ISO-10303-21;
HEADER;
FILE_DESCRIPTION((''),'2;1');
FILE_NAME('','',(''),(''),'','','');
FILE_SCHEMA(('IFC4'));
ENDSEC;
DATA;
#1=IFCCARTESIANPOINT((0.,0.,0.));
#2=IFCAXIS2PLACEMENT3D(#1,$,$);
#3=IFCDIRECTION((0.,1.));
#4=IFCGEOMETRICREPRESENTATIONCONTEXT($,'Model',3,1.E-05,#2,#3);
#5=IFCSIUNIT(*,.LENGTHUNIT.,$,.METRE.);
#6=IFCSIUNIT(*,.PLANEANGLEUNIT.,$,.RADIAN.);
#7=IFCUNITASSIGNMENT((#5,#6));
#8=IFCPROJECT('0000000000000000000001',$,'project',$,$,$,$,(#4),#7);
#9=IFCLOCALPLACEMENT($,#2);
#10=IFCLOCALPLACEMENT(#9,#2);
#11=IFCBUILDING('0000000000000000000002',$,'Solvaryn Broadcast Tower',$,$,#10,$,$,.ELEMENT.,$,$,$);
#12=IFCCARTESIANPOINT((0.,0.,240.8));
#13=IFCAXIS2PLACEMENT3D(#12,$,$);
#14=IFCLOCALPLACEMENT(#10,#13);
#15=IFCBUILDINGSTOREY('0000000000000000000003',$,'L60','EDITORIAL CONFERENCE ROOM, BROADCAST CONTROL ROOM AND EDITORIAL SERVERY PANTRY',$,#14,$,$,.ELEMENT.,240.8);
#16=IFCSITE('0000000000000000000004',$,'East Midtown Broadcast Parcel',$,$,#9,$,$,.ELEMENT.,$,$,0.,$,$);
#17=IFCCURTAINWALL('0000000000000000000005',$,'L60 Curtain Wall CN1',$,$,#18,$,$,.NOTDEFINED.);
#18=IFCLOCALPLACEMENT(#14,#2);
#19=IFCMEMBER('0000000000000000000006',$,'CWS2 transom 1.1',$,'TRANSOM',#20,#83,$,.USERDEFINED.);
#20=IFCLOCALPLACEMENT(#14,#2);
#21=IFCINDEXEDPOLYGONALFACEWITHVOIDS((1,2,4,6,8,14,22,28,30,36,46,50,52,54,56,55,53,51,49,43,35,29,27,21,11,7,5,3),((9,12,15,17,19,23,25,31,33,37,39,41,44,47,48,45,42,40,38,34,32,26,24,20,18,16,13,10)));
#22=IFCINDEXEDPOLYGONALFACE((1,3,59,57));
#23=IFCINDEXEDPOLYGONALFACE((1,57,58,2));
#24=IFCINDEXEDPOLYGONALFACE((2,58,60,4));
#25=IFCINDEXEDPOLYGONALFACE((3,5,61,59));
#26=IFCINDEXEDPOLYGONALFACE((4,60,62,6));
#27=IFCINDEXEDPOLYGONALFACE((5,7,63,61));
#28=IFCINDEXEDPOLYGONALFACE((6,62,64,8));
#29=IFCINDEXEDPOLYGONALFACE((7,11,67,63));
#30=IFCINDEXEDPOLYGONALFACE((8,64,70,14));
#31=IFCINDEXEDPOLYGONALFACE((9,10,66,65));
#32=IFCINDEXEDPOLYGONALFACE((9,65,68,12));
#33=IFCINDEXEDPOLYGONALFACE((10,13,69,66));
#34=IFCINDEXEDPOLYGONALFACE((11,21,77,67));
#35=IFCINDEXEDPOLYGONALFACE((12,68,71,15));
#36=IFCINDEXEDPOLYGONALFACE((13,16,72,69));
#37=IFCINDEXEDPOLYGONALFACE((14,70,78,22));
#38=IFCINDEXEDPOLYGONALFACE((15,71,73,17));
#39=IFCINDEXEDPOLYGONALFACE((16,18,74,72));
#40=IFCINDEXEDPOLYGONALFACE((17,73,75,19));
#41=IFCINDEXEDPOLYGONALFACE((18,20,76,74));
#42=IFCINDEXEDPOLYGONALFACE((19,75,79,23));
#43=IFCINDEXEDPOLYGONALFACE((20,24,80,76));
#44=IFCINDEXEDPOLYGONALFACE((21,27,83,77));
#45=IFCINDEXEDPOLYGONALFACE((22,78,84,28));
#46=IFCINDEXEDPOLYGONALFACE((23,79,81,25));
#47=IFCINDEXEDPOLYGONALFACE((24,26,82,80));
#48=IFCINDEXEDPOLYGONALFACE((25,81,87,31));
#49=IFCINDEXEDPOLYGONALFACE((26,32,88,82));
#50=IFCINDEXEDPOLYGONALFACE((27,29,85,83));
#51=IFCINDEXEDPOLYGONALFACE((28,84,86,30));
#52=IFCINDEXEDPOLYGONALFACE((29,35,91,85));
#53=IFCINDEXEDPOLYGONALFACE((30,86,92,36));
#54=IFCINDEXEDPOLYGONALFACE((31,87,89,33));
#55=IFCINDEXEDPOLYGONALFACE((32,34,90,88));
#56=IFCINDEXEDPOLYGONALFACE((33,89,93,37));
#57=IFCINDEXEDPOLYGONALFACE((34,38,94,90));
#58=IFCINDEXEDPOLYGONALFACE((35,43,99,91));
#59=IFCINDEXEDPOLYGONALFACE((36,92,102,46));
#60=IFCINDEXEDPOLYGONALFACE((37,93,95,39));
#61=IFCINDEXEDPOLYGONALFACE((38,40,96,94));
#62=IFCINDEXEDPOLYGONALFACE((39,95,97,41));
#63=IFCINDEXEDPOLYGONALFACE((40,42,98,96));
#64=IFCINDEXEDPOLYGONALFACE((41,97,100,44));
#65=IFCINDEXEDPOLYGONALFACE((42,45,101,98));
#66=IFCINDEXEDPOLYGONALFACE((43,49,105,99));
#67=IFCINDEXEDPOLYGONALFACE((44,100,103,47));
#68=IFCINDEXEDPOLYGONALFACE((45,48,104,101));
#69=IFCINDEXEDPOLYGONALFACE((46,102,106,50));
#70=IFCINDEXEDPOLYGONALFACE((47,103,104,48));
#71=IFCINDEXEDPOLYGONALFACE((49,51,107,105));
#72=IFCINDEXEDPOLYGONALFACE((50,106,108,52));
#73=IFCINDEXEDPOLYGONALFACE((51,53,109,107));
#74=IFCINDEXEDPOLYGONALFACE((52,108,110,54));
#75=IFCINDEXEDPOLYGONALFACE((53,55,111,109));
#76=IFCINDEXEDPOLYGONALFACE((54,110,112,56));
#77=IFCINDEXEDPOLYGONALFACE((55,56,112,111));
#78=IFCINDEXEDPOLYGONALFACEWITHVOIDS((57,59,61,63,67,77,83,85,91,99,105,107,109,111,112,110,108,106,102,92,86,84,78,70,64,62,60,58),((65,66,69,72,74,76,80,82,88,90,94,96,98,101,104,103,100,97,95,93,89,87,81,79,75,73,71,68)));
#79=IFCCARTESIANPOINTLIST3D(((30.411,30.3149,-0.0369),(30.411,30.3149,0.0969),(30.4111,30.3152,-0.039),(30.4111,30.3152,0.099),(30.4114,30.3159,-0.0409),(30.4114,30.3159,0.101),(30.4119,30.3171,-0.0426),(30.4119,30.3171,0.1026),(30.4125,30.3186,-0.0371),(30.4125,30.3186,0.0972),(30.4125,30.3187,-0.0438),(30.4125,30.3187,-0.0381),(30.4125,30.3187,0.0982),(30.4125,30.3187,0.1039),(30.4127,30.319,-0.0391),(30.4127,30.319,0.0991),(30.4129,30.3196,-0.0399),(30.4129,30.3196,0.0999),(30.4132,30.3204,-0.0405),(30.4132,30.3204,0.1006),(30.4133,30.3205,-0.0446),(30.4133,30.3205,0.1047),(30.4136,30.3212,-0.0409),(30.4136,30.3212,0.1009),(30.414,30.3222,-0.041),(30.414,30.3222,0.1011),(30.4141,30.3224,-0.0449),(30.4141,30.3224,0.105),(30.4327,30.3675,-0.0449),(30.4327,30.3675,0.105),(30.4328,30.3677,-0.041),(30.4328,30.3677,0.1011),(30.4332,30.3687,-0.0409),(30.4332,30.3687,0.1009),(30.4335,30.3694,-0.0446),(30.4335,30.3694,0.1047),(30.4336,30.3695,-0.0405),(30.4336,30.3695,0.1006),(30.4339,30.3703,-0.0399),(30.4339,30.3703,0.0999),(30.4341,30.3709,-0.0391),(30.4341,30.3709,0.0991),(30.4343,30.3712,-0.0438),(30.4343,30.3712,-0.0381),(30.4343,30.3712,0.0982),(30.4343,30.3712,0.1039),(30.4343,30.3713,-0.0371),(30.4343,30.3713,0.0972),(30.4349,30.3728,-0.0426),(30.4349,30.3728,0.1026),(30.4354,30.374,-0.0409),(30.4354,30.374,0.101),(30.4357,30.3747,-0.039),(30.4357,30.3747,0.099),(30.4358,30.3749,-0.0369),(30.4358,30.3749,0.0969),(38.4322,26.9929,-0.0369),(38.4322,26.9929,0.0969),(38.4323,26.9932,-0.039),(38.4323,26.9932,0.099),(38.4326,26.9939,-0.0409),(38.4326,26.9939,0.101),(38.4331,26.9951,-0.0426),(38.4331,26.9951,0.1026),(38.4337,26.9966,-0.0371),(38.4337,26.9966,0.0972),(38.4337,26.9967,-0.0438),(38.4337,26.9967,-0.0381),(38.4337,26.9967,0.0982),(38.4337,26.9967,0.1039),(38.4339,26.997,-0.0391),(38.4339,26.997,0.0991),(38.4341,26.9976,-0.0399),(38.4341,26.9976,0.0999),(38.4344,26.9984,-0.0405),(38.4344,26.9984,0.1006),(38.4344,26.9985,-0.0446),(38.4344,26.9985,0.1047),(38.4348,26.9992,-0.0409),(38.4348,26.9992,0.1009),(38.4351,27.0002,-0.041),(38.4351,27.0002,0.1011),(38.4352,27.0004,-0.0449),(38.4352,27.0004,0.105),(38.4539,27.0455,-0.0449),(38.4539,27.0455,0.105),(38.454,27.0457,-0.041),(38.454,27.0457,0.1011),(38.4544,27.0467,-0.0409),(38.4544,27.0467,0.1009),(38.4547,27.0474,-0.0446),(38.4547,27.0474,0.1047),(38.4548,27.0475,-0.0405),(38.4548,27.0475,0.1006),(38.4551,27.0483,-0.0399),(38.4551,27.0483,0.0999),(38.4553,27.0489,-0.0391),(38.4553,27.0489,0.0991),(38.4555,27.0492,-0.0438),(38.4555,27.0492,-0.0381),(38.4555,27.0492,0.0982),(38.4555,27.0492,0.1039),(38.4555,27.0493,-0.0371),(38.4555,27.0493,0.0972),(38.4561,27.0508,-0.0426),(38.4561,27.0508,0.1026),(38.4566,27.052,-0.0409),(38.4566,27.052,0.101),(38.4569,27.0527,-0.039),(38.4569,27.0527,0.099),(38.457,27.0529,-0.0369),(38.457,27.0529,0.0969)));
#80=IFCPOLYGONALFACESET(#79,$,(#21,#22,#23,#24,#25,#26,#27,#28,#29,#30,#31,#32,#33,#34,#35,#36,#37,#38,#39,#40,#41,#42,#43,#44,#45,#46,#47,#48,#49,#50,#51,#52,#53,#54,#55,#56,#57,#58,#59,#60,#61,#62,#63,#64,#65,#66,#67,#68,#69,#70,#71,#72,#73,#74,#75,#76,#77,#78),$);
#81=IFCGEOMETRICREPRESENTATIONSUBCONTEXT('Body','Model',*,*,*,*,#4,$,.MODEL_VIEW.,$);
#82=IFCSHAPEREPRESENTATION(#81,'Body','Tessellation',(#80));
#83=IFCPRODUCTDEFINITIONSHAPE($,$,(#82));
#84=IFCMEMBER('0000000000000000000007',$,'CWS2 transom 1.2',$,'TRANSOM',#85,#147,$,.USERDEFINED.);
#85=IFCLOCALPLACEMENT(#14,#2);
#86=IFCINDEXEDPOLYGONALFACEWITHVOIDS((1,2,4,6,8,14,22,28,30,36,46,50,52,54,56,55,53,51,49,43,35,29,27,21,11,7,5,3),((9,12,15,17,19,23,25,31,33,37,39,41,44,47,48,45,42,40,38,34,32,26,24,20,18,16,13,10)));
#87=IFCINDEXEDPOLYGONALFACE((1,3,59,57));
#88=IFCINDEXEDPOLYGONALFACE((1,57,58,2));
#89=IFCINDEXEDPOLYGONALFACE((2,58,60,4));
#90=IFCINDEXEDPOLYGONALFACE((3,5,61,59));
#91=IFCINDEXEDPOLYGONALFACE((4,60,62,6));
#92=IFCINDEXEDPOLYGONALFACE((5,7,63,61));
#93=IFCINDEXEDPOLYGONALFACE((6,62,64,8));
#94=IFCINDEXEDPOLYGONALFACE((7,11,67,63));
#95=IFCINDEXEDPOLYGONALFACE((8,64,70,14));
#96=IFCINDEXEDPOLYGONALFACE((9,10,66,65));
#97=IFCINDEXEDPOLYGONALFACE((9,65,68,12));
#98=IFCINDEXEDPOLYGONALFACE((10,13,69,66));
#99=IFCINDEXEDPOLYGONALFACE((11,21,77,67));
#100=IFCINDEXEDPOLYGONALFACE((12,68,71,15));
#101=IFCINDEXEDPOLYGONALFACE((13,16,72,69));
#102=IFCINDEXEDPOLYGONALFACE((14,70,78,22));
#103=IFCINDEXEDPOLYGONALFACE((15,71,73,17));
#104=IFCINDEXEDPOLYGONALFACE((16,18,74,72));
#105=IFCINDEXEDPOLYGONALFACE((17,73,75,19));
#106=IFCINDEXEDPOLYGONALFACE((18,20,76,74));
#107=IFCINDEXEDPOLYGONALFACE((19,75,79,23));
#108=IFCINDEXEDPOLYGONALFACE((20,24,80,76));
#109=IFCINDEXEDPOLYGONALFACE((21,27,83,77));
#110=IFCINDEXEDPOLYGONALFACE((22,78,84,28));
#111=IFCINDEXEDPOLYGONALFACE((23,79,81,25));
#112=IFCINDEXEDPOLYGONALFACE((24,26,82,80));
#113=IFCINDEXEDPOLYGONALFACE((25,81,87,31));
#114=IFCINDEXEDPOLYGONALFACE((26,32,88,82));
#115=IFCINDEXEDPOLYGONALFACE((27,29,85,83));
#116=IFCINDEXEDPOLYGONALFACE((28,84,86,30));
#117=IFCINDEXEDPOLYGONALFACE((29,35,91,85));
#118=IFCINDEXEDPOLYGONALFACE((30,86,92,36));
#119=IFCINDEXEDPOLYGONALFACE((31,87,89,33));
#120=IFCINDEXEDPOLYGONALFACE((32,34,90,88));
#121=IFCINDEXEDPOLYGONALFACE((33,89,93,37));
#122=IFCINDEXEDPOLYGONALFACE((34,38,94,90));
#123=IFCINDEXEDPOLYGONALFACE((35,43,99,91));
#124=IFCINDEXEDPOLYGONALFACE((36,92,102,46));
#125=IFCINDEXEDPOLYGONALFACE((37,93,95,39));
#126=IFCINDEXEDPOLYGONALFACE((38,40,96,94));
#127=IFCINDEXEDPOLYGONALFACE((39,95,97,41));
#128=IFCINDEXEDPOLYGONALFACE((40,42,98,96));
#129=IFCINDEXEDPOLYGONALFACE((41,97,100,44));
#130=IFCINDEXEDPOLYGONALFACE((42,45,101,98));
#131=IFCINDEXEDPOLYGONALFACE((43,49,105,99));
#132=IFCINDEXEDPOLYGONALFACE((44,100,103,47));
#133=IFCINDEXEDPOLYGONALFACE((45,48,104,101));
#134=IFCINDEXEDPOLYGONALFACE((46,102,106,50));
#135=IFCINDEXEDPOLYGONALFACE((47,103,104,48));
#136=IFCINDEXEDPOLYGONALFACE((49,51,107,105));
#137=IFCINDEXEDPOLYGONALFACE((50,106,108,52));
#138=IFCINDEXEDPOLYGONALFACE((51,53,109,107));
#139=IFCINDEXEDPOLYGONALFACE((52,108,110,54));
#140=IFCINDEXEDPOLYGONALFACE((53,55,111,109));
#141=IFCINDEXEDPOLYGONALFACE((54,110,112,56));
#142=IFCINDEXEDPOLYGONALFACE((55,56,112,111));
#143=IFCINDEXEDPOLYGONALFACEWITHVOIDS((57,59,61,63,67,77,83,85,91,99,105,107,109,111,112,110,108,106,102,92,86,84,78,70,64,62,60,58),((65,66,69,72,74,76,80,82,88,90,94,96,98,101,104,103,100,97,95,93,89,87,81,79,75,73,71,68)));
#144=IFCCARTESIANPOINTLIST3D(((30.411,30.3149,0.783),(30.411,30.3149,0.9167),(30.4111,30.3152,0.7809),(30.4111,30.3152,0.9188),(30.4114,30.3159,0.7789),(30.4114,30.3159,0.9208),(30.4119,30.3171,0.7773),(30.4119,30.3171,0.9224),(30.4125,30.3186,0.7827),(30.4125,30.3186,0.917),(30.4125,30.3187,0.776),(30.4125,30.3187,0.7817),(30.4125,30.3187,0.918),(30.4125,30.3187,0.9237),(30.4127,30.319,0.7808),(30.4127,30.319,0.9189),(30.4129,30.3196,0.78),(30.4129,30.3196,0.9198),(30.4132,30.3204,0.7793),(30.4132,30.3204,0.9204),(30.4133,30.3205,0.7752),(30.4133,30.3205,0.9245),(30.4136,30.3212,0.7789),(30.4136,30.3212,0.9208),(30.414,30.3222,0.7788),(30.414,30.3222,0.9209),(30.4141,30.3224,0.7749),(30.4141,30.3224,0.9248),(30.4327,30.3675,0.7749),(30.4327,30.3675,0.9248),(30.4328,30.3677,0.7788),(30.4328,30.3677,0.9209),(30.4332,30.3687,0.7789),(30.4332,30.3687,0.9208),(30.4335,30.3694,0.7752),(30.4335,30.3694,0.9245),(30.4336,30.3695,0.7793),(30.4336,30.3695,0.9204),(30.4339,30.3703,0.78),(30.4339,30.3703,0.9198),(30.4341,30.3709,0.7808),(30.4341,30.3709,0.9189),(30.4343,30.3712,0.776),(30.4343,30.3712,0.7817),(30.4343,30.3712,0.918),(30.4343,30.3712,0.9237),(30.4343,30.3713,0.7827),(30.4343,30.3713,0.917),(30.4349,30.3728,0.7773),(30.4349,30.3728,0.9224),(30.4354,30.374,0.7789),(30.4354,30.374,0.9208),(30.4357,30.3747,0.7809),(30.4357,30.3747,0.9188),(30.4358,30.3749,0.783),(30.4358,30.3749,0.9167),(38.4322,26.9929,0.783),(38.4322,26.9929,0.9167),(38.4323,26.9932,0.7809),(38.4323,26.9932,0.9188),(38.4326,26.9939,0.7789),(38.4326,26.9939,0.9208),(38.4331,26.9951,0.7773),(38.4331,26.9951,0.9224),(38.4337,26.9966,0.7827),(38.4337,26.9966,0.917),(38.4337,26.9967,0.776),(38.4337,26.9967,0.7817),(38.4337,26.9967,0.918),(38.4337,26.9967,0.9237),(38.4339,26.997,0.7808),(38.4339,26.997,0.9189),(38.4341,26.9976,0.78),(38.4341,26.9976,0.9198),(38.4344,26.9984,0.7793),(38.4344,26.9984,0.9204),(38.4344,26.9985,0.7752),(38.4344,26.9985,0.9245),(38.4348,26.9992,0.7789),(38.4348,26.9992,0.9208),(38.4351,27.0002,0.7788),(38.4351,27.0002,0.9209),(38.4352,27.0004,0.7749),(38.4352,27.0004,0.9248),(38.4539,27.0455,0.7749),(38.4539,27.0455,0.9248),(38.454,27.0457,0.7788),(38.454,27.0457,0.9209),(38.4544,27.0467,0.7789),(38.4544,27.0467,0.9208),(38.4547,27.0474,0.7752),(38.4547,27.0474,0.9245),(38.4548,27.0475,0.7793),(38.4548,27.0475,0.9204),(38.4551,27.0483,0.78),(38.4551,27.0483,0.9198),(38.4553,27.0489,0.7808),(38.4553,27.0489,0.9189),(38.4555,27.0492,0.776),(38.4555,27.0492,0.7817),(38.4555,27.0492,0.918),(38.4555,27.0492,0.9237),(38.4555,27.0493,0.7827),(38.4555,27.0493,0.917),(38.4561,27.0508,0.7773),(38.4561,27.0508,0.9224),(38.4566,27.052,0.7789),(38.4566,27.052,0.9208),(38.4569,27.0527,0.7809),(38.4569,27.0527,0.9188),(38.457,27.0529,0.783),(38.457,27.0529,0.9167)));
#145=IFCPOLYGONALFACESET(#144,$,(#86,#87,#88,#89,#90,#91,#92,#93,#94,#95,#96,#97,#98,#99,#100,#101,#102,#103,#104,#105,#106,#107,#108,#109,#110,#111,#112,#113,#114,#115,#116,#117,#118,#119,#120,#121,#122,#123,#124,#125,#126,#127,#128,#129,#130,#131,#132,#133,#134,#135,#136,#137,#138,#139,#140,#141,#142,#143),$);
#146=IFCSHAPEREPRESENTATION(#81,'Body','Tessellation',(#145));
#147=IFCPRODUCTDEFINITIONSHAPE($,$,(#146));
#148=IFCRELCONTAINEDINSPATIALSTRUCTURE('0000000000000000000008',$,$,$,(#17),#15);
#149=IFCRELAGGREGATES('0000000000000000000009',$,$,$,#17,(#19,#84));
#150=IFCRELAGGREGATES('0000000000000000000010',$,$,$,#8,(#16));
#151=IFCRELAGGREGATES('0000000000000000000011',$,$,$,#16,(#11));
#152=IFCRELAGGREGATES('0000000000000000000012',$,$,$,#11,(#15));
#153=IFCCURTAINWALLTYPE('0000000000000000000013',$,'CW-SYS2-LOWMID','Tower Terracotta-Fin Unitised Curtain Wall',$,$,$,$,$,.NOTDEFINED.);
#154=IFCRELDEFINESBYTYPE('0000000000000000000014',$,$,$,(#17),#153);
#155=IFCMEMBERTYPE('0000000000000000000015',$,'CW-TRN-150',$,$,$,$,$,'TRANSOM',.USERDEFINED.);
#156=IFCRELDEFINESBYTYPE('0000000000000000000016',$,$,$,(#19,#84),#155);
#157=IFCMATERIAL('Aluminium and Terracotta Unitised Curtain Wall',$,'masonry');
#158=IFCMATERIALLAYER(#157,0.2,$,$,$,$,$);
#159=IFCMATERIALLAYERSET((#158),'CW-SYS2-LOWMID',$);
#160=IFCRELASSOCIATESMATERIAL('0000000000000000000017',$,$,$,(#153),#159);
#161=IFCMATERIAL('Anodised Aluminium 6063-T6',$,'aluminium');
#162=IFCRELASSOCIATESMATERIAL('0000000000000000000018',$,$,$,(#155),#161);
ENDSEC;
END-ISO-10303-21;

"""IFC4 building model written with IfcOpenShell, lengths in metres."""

from ifc_helpers import new_model, si_unit, direction, frame, origin, origin_2d, place, context, subcontext, project, spatial, hollow_rectangle, extrude, material, layer, layer_set, material_profile, profile_set, type_object, element, aggregate, save


model = new_model("IFC4")

# Units and contexts
model_context = context("Model", 3, precision=1e-05, world=origin(), true_north=direction((0.0, 1.0)))
body_context = subcontext(model_context, "Body", "Model", "MODEL_VIEW")
ifc_project = project(units=[si_unit("LENGTHUNIT", "METRE"), si_unit("PLANEANGLEUNIT", "RADIAN")], contexts=[model_context])

# Site, building, storey
site_placement = place(None, origin())
site = spatial("IfcSite", under=ifc_project, at=site_placement, Name="East Midtown Broadcast Parcel", CompositionType="ELEMENT", RefElevation=0.0)
building_placement = place(site_placement, origin())
building = spatial("IfcBuilding", under=site, at=building_placement, Name="Solvaryn Broadcast Tower", CompositionType="ELEMENT")
storey_placement = place(building_placement, frame((0.0, 0.0, 240.8)))
storey = spatial("IfcBuildingStorey", under=building, at=storey_placement, Name="L60", Description="EDITORIAL CONFERENCE ROOM, BROADCAST CONTROL ROOM AND EDITORIAL SERVERY PANTRY", CompositionType="ELEMENT", Elevation=240.8)

# Curtain wall
ifc_material_1 = material(Name="Aluminium and Terracotta Unitised Curtain Wall", Category="masonry")
ifc_layer_1 = layer(ifc_material_1, 0.2)
ifc_layer_set_1 = layer_set([ifc_layer_1], Name="CW-SYS2-LOWMID")
curtain_wall_type = type_object("IfcCurtainWallType", Name="CW-SYS2-LOWMID", Description="Tower Terracotta-Fin Unitised Curtain Wall", PredefinedType="NOTDEFINED", material=ifc_layer_set_1)
curtain_wall_1_placement = place(storey_placement, origin())
curtain_wall_1 = element("IfcCurtainWall", 1, at=curtain_wall_1_placement, inside=storey, type_object=curtain_wall_type, Name="L60 Curtain Wall CN1", PredefinedType="NOTDEFINED")

# Members
ifc_material_2 = material(Name="Anodised Aluminium 6063-T6", Category="aluminium")
ifc_material_profile_1 = material_profile(ifc_material_2, hollow_rectangle(XDim=0.0649, YDim=0.1499, WallThickness=0.0039, InnerFilletRadius=0.0039, OuterFilletRadius=0.0081, at=origin_2d()))
ifc_profile_set_1 = profile_set([ifc_material_profile_1], Name="Anodised Aluminium 6063-T6")
member_type_1 = type_object("IfcMemberType", Name="CW-TRN-150", ElementType="TRANSOM", PredefinedType="USERDEFINED", material=ifc_profile_set_1)
member_1_placement = place(storey_placement, frame((38.4446, 27.0229, 0.03), z_axis=(-0.923899, 0.382636, 0.0), x_axis=(-0.382636, -0.923899, 0.0)))
member_1 = element("IfcMember", 2, at=member_1_placement, type_object=member_type_1, Name="CWS2 transom 1.1", ObjectType="TRANSOM", PredefinedType="USERDEFINED", context=body_context, shape_type="SweptSolid", body=[
    extrude(hollow_rectangle(XDim=0.0649, YDim=0.1499, WallThickness=0.0039, InnerFilletRadius=0.0039, OuterFilletRadius=0.0081, at=origin_2d()), origin(), (0.0, 0.0, 1.0), 8.6819),
])
member_2_placement = place(storey_placement, frame((38.4446, 27.0229, 0.8499), z_axis=(-0.923899, 0.382636, 0.0), x_axis=(-0.382636, -0.923899, 0.0)))
member_2 = element("IfcMember", 3, at=member_2_placement, type_object=member_type_1, Name="CWS2 transom 1.2", ObjectType="TRANSOM", PredefinedType="USERDEFINED", context=body_context, shape_type="SweptSolid", body=[
    extrude(hollow_rectangle(XDim=0.0649, YDim=0.1499, WallThickness=0.0039, InnerFilletRadius=0.0039, OuterFilletRadius=0.0081, at=origin_2d()), origin(), (0.0, 0.0, 1.0), 8.6819),
])

aggregate(curtain_wall_1, [member_1, member_2])

save(model, "model.ifc")
